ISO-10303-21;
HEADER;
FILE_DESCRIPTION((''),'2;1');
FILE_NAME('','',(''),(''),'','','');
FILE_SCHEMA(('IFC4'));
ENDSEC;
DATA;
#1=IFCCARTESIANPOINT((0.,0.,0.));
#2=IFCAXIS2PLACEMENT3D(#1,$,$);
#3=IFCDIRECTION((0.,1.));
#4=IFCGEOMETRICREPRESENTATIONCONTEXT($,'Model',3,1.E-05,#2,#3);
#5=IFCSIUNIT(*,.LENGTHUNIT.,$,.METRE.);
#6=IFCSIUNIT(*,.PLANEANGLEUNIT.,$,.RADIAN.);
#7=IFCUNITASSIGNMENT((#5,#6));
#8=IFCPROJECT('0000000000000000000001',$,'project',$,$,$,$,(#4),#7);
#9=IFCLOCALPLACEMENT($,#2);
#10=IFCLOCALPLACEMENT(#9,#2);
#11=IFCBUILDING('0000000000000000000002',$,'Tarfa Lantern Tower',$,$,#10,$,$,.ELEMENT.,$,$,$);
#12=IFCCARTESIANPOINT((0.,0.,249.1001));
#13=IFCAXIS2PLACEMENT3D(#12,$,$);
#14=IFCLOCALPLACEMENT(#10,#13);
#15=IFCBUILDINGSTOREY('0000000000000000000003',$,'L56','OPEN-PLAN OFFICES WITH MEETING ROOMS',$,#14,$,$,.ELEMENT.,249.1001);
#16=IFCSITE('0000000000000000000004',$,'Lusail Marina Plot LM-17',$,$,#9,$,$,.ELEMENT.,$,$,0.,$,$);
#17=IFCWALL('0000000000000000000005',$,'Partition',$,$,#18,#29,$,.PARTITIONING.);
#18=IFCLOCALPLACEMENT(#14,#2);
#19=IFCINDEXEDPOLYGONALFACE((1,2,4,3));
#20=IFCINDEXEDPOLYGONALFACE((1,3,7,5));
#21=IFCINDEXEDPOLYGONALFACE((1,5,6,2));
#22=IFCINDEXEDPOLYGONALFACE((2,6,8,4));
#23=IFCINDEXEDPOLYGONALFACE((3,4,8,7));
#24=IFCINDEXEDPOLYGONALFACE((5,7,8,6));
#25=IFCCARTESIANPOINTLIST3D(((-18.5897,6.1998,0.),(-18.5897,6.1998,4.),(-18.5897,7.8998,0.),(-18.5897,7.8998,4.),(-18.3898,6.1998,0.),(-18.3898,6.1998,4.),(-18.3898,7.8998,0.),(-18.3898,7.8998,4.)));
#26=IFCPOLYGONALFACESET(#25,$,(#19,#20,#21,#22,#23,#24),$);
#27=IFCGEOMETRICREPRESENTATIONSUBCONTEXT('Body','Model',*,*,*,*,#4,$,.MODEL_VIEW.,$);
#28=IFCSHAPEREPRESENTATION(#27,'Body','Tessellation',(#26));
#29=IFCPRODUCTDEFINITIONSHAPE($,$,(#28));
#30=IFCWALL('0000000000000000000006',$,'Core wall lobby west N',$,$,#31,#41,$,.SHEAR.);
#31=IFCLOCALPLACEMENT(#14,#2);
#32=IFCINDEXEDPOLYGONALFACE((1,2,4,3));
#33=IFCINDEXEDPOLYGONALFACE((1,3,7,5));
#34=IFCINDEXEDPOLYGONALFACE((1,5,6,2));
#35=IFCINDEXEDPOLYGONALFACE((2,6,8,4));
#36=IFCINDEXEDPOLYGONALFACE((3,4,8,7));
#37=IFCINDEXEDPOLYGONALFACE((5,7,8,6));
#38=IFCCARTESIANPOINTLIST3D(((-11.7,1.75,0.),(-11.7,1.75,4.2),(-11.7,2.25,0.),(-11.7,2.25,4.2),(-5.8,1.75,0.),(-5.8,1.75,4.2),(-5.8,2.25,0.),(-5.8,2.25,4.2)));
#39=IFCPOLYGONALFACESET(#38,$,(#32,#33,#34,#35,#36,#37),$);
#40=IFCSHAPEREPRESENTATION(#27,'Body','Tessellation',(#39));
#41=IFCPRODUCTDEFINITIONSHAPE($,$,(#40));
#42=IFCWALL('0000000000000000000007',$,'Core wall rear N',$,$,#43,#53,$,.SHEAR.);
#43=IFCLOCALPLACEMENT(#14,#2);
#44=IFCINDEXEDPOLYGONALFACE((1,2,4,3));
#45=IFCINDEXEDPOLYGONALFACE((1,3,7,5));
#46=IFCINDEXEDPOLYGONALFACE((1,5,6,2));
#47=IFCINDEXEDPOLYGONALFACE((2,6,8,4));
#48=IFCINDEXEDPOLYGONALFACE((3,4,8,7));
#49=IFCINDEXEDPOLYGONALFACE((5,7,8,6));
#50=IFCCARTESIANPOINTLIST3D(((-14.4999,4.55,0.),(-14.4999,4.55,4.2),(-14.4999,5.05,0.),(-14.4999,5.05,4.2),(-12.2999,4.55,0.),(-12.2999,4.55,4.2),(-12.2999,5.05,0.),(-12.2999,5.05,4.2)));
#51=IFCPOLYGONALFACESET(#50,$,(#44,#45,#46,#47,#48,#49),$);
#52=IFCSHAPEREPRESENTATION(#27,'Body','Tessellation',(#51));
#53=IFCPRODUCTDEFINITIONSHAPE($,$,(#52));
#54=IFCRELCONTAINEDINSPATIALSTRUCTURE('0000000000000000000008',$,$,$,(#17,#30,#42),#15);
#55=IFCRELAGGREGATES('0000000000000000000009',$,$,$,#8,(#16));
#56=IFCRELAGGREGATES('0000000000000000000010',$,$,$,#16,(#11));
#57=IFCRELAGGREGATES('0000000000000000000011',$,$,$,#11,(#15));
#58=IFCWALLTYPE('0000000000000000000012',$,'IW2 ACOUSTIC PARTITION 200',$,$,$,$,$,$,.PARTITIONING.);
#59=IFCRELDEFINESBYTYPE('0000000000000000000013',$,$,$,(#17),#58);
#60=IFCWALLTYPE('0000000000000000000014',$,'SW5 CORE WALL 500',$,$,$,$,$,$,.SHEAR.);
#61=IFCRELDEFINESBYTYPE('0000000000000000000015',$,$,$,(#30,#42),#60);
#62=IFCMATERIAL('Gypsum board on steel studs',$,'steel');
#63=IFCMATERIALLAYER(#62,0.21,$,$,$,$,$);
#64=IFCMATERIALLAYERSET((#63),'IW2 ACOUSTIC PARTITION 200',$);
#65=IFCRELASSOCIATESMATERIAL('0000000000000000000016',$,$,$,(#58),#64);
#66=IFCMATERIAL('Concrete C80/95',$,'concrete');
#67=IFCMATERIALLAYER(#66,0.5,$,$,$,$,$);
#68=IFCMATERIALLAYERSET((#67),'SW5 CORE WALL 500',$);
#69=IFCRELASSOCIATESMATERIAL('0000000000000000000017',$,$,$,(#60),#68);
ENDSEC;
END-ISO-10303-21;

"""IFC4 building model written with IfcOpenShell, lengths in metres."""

from ifc_helpers import new_model, si_unit, direction, frame, frame_2d, origin, place, context, subcontext, project, spatial, rectangle, extrude, material, layer, layer_set, type_object, element, save


model = new_model("IFC4")

# Units and contexts
model_context = context("Model", 3, precision=1e-05, world=origin(), true_north=direction((0.0, 1.0)))
body_context = subcontext(model_context, "Body", "Model", "MODEL_VIEW")
ifc_project = project(units=[si_unit("LENGTHUNIT", "METRE"), si_unit("PLANEANGLEUNIT", "RADIAN")], contexts=[model_context])

# Site, building, storey
site_placement = place(None, origin())
site = spatial("IfcSite", under=ifc_project, at=site_placement, Name="Lusail Marina Plot LM-17", CompositionType="ELEMENT", RefElevation=0.0)
building_placement = place(site_placement, origin())
building = spatial("IfcBuilding", under=site, at=building_placement, Name="Tarfa Lantern Tower", CompositionType="ELEMENT")
storey_placement = place(building_placement, frame((0.0, 0.0, 249.1001)))
storey = spatial("IfcBuildingStorey", under=building, at=storey_placement, Name="L56", Description="OPEN-PLAN OFFICES WITH MEETING ROOMS", CompositionType="ELEMENT", Elevation=249.1001)

# Shared definitions
ifc_material_1 = material(Name="Gypsum board on steel studs", Category="steel")
ifc_layer_1 = layer(ifc_material_1, 0.21)
ifc_layer_set_1 = layer_set([ifc_layer_1], Name="IW2 ACOUSTIC PARTITION 200")
wall_type_1 = type_object("IfcWallType", Name="IW2 ACOUSTIC PARTITION 200", PredefinedType="PARTITIONING", material=ifc_layer_set_1)

# Wall
wall_1_placement = place(storey_placement, frame((-18.4897, 7.8999, 0.0), z_axis=(0.0, 0.0, 1.0), x_axis=(0.0, -1.0, 0.0)))
element("IfcWall", 1, at=wall_1_placement, inside=storey, type_object=wall_type_1, Name="Partition", PredefinedType="PARTITIONING", context=body_context, shape_type="SweptSolid", body=[
    extrude(rectangle(XDim=1.7, YDim=0.2, at=frame_2d((0.8501, 0.0))), origin(), (0.0, 0.0, 1.0), 4.0),
])

# Shared definitions
ifc_material_2 = material(Name="Concrete C80/95", Category="concrete")

# Walls
ifc_layer_2 = layer(ifc_material_2, 0.5)
ifc_layer_set_2 = layer_set([ifc_layer_2], Name="SW5 CORE WALL 500")
wall_type_2 = type_object("IfcWallType", Name="SW5 CORE WALL 500", PredefinedType="SHEAR", material=ifc_layer_set_2)
wall_2_placement = place(storey_placement, frame((-11.7, 2.0, 0.0), z_axis=(0.0, 0.0, 1.0), x_axis=(1.0, 0.0, 0.0)))
element("IfcWall", 2, at=wall_2_placement, inside=storey, type_object=wall_type_2, Name="Core wall lobby west N", PredefinedType="SHEAR", context=body_context, shape_type="SweptSolid", body=[
    extrude(rectangle(XDim=5.8999, YDim=0.5, at=frame_2d((2.95, 0.0))), origin(), (0.0, 0.0, 1.0), 4.2),
])
wall_3_placement = place(storey_placement, frame((-14.5, 4.8, 0.0), z_axis=(0.0, 0.0, 1.0), x_axis=(1.0, 0.0, 0.0)))
element("IfcWall", 3, at=wall_3_placement, inside=storey, type_object=wall_type_2, Name="Core wall rear N", PredefinedType="SHEAR", context=body_context, shape_type="SweptSolid", body=[
    extrude(rectangle(XDim=2.2, YDim=0.5, at=frame_2d((1.1001, 0.0))), origin(), (0.0, 0.0, 1.0), 4.2),
])

save(model, "model.ifc")
